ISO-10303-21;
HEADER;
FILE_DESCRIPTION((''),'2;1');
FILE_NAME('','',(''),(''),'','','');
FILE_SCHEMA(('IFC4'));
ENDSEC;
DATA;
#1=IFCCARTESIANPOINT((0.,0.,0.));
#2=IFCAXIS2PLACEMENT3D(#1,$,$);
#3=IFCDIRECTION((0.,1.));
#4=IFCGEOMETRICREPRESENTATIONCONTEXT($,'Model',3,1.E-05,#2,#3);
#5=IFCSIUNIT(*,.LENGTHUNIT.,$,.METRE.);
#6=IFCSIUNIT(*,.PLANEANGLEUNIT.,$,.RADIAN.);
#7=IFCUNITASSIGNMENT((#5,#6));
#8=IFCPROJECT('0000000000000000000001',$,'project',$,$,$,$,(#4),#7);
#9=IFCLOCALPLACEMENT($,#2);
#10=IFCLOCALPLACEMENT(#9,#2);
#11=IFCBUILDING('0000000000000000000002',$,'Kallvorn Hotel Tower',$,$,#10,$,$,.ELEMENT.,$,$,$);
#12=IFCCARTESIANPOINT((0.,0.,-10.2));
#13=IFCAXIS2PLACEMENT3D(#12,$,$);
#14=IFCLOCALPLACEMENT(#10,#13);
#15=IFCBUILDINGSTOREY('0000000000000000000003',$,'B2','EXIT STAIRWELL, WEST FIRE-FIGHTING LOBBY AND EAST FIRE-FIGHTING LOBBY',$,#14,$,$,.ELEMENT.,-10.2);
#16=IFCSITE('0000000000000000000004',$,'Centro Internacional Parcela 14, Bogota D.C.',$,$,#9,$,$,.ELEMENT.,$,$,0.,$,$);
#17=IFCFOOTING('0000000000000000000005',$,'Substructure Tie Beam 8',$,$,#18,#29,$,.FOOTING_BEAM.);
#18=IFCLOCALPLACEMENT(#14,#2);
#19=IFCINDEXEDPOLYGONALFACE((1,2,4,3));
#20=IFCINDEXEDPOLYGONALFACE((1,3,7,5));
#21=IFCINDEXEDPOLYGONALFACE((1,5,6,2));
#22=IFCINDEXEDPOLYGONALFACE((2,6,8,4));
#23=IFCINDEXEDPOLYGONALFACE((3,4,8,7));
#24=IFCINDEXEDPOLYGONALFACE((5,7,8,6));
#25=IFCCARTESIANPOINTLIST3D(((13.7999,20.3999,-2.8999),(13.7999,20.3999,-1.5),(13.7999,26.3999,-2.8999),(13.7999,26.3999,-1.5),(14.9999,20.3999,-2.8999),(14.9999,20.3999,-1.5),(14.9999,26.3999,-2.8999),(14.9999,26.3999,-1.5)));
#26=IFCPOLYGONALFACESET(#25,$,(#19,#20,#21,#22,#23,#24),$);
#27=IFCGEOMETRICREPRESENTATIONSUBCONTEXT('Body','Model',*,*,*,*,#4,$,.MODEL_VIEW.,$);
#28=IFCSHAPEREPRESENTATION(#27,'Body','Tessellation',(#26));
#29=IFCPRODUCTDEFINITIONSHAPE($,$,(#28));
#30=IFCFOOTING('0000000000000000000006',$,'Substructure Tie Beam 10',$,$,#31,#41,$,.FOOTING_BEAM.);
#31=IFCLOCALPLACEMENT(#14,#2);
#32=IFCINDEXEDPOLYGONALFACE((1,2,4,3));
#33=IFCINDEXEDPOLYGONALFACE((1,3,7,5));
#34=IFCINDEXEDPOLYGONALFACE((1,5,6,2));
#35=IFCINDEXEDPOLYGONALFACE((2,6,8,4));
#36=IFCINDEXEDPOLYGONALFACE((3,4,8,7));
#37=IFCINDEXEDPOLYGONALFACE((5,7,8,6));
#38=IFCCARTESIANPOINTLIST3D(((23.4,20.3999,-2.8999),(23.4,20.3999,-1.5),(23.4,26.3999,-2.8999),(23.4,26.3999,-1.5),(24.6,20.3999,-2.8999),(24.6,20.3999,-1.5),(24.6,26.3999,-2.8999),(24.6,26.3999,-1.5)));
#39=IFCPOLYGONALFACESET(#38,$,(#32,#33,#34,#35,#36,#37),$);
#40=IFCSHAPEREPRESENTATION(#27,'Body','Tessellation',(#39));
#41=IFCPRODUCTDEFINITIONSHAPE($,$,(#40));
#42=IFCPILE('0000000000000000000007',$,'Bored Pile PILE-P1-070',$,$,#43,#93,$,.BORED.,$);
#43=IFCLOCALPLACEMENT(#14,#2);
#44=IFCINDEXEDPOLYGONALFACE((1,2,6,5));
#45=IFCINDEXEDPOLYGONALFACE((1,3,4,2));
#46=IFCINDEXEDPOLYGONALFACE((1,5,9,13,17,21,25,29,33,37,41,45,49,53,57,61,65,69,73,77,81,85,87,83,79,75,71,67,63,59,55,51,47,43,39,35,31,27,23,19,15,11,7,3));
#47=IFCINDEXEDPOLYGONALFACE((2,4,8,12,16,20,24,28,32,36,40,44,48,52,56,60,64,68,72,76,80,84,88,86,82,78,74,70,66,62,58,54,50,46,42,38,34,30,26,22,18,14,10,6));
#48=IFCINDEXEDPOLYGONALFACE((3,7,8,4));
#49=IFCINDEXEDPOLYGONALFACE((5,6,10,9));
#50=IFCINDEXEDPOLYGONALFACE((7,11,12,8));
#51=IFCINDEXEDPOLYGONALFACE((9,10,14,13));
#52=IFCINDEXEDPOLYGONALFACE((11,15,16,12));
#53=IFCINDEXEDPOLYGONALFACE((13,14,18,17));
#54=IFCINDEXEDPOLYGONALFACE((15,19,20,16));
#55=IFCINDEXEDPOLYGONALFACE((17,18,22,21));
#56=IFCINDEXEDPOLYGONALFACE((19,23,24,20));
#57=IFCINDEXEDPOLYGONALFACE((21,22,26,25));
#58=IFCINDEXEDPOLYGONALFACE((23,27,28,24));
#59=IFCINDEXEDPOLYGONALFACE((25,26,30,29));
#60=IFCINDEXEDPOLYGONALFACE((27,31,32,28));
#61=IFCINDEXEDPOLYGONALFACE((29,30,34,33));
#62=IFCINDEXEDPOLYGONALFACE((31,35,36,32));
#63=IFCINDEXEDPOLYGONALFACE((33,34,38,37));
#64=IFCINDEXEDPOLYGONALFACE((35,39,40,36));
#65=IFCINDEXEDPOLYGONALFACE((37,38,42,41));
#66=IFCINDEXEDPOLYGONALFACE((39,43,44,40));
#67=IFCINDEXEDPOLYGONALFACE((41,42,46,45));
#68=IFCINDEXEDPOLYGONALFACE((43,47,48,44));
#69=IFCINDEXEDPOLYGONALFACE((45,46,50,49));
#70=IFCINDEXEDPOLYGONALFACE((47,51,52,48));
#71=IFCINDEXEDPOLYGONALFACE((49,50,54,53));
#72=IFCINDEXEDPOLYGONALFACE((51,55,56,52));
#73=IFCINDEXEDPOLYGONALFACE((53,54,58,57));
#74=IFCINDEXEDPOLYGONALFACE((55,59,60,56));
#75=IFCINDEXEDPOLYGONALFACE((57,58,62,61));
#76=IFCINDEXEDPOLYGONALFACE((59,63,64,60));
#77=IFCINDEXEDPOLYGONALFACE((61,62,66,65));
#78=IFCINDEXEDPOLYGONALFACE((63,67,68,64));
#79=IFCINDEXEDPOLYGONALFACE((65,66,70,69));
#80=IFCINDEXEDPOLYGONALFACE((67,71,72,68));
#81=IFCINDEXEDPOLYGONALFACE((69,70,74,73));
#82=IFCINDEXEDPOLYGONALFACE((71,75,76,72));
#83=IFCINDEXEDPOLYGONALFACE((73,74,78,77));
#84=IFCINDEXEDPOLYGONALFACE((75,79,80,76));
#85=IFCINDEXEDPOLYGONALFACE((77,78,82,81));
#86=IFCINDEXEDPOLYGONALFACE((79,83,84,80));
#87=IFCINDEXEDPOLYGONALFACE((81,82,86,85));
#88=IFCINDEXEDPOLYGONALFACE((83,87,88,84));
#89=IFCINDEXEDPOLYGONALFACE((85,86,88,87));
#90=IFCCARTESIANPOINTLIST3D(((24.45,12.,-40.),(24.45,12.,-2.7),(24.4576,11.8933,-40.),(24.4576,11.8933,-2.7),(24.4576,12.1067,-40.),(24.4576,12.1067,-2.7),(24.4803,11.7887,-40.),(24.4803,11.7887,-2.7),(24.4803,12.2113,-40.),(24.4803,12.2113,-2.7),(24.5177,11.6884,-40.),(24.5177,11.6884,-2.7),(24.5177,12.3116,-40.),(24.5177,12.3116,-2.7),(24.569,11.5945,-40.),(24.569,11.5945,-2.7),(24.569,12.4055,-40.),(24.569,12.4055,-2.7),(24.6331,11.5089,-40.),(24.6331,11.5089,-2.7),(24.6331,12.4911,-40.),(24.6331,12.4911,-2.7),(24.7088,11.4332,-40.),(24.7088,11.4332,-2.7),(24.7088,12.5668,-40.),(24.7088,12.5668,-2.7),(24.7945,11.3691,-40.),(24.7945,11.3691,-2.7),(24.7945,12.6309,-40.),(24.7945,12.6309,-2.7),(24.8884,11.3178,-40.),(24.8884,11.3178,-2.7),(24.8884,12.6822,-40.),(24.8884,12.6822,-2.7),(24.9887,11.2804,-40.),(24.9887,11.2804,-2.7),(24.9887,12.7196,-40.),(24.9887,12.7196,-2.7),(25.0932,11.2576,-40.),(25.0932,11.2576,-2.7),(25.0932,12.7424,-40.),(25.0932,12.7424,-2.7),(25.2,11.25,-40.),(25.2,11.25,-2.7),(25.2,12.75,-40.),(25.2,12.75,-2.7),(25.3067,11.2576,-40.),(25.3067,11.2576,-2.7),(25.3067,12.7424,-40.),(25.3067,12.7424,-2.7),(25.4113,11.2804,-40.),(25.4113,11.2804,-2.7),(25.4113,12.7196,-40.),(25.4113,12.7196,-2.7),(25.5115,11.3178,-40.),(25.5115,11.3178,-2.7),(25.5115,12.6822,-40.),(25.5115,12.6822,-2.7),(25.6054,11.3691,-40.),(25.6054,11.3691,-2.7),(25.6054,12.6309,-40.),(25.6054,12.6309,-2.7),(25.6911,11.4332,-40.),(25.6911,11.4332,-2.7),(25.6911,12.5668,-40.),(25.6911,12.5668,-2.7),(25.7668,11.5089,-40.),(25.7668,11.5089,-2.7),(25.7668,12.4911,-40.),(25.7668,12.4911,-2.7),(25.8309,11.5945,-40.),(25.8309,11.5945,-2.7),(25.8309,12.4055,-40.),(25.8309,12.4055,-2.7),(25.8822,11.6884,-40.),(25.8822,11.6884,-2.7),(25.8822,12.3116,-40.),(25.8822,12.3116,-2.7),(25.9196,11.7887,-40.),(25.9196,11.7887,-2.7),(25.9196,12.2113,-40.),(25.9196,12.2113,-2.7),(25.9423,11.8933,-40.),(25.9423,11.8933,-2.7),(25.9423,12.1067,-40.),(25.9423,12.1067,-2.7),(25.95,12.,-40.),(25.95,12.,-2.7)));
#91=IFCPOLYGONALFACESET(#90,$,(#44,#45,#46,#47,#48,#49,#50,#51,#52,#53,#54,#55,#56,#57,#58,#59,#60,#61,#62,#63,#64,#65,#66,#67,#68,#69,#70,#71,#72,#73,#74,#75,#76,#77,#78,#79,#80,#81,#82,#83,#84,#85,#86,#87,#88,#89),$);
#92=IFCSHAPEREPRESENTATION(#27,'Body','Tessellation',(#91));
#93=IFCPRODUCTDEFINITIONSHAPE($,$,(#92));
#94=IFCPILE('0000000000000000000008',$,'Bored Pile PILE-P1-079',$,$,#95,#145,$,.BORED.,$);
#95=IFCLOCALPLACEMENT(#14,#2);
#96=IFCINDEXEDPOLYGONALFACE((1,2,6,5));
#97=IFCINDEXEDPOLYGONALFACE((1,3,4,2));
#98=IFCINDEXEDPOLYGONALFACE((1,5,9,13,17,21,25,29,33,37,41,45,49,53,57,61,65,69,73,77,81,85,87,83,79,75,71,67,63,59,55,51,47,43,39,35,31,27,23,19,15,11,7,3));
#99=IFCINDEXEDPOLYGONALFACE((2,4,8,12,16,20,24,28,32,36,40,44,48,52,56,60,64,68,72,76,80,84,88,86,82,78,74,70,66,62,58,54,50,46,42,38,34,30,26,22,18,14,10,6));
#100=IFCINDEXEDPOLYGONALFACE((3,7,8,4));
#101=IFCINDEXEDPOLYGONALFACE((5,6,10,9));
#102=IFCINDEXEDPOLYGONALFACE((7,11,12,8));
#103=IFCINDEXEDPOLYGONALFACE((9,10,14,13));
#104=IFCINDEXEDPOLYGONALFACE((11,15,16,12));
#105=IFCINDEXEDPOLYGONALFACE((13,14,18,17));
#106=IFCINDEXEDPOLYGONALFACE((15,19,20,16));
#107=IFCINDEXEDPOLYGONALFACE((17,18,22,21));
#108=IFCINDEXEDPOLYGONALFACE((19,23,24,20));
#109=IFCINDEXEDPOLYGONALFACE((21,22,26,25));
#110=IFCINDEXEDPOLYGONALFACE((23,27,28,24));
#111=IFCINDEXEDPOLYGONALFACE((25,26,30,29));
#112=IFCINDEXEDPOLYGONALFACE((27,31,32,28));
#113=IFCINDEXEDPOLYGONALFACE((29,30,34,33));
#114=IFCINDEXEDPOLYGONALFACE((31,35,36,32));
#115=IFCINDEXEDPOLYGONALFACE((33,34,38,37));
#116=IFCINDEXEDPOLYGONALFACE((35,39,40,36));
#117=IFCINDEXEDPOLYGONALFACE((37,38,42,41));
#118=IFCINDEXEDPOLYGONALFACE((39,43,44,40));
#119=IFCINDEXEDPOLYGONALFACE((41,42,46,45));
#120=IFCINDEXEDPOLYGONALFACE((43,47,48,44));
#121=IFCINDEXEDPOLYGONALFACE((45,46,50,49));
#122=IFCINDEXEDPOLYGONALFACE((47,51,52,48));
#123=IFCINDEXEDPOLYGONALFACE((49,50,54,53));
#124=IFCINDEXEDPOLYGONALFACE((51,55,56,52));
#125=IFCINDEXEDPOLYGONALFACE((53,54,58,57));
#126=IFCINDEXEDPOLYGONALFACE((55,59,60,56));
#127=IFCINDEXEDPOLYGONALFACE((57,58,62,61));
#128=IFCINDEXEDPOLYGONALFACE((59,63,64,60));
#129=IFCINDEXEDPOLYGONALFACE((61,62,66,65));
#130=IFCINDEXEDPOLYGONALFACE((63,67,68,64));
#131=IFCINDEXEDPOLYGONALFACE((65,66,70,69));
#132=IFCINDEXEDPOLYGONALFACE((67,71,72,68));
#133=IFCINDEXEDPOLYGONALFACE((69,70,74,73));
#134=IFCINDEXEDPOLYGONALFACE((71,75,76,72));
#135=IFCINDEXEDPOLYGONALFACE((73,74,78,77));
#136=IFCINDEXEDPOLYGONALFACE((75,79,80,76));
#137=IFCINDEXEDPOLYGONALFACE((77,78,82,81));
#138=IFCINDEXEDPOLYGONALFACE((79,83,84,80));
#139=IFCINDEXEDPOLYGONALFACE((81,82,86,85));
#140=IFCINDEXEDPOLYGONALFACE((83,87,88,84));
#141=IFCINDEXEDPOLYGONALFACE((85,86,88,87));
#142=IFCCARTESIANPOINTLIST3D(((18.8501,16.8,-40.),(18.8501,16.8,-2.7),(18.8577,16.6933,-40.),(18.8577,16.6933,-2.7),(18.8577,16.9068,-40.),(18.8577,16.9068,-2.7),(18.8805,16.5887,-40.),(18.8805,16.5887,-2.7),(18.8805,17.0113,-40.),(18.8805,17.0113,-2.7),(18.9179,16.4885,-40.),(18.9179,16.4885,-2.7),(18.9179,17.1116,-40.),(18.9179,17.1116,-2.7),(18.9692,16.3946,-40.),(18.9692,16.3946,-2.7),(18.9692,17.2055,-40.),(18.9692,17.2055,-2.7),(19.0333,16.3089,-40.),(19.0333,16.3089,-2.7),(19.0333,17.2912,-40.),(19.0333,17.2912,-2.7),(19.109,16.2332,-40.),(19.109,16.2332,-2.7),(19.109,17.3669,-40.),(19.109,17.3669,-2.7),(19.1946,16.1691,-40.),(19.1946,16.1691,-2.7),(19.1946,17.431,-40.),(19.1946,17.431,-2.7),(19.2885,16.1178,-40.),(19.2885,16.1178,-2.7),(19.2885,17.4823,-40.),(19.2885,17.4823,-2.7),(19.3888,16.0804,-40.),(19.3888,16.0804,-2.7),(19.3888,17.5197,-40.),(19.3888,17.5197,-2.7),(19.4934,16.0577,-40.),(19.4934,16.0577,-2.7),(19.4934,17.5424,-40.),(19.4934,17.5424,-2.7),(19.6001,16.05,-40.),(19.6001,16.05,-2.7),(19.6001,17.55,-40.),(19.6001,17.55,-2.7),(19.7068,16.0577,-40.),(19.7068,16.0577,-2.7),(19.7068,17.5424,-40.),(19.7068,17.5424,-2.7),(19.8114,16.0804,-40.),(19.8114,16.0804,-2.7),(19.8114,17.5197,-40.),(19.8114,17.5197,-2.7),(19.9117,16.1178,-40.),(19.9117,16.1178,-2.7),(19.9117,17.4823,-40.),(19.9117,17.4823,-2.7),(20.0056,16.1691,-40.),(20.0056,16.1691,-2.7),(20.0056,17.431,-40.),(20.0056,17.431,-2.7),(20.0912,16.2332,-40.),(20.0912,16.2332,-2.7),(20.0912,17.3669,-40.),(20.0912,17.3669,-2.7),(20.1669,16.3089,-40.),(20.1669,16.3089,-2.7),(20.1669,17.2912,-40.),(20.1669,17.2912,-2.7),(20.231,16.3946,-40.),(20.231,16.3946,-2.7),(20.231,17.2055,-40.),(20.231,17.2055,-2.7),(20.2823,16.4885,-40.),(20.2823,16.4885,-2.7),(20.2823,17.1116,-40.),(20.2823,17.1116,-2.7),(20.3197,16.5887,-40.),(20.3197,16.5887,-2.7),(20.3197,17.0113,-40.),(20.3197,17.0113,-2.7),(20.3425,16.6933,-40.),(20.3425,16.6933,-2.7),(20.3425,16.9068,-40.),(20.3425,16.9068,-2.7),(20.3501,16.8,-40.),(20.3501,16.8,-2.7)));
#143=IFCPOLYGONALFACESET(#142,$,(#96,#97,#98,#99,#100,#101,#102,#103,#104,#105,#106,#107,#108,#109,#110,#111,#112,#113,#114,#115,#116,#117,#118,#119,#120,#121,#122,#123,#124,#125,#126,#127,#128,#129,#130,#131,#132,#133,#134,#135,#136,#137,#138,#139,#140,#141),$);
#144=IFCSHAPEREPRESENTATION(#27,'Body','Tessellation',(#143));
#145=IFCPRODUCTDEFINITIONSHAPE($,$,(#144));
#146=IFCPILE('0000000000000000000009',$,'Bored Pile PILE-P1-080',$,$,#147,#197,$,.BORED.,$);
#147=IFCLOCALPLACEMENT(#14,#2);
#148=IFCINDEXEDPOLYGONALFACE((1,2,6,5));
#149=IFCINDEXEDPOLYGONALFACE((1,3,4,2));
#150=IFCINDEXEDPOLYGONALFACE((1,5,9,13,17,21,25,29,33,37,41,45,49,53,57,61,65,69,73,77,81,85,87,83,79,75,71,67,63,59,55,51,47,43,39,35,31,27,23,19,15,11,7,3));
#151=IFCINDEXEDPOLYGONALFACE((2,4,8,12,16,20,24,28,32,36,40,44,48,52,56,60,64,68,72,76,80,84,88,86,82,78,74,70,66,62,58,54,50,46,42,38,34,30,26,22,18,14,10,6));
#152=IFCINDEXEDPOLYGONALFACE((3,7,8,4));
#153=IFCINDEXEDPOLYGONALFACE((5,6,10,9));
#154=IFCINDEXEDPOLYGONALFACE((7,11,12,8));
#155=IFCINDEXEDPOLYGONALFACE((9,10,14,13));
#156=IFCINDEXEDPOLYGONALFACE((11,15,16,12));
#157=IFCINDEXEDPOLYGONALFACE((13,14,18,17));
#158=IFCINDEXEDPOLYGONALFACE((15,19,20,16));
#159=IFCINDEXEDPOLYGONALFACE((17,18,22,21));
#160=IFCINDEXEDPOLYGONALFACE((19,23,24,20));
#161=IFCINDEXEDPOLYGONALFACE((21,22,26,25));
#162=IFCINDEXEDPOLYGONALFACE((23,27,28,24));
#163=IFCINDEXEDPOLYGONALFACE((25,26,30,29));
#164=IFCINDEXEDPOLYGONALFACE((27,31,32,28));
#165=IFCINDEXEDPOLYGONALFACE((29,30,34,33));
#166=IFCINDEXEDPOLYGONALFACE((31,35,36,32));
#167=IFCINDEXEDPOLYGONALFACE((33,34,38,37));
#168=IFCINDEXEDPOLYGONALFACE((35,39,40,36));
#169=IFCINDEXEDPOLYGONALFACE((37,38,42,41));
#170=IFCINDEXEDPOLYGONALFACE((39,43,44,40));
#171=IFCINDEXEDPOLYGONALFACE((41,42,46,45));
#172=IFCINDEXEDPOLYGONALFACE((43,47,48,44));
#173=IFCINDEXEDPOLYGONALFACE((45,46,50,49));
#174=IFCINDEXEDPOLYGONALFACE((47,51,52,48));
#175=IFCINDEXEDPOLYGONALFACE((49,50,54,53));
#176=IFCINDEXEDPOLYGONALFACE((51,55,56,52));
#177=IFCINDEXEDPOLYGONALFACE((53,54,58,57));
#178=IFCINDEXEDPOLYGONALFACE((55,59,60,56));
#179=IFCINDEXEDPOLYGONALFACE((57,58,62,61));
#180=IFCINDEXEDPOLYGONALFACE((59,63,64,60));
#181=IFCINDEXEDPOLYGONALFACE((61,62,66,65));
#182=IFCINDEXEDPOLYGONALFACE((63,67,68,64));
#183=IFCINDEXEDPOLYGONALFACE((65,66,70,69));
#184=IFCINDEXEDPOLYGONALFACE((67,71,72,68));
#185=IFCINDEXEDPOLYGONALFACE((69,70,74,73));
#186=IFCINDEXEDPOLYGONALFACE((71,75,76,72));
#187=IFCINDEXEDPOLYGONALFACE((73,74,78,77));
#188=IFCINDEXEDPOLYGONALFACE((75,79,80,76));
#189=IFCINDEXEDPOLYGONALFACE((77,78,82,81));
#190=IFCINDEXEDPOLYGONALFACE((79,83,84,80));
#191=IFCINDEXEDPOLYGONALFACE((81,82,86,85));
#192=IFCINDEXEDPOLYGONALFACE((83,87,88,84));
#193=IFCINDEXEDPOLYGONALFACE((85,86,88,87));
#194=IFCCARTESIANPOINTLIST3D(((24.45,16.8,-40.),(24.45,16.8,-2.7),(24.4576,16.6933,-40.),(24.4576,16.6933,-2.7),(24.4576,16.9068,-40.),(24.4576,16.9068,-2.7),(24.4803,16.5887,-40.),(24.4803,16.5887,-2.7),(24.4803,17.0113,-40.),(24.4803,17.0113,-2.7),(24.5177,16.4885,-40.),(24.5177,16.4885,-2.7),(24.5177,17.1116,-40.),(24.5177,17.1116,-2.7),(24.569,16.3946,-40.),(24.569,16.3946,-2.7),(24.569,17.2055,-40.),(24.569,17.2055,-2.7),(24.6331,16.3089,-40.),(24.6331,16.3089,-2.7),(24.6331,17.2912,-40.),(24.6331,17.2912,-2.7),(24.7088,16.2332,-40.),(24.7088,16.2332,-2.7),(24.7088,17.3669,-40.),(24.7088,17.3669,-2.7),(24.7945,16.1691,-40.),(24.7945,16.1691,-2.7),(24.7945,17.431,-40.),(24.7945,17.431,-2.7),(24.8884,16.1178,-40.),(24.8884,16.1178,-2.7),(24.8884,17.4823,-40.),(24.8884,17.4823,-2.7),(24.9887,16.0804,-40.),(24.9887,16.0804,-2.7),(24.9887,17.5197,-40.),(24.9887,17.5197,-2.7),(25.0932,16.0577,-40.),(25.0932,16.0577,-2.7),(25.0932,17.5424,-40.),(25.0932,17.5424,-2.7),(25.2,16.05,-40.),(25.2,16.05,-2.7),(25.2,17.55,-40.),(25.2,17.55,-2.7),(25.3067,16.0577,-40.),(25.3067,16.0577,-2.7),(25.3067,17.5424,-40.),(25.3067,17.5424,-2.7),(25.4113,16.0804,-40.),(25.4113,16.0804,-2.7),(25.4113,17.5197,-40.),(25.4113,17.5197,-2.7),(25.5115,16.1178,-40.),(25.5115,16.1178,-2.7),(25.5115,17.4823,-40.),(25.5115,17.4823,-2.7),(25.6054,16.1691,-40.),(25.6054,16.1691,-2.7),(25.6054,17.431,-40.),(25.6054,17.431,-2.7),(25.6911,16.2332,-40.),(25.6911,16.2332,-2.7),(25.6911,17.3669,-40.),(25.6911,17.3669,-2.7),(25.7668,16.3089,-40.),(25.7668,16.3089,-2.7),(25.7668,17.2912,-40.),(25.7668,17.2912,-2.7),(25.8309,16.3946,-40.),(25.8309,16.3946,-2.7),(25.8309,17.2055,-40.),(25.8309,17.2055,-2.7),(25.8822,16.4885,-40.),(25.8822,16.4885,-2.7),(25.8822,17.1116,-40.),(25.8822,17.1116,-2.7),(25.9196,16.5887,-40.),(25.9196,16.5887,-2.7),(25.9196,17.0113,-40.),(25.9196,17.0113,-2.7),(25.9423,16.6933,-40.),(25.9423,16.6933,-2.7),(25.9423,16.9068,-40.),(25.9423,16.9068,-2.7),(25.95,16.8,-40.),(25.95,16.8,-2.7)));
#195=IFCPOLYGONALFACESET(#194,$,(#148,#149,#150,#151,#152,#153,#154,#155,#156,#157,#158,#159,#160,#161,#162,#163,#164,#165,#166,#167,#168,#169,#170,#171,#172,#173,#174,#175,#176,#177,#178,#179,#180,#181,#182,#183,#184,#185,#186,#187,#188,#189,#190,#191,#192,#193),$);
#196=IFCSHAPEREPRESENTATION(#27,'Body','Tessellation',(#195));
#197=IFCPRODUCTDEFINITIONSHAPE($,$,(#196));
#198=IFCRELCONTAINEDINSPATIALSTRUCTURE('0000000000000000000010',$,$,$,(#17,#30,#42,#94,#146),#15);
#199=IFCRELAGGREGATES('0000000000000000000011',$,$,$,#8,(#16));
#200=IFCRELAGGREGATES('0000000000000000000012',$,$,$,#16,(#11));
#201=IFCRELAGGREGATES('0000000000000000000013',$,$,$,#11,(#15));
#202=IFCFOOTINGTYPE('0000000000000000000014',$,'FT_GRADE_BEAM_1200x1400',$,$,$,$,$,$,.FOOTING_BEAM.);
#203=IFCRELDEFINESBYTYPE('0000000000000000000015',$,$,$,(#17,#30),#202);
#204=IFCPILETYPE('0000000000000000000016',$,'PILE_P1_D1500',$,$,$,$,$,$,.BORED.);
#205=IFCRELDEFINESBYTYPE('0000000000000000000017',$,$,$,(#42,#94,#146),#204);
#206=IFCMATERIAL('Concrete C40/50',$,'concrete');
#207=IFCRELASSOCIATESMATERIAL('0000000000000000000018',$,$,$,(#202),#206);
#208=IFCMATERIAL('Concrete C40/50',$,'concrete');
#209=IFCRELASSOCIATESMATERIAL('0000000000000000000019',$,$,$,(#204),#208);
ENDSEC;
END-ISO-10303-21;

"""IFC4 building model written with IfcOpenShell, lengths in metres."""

from ifc_helpers import new_model, si_unit, direction, frame, origin, origin_2d, place, context, subcontext, project, spatial, rectangle, circle, extrude, material, material_profile, profile_set, type_object, element, save


model = new_model("IFC4")

# Units and contexts
model_context = context("Model", 3, precision=1e-05, world=origin(), true_north=direction((0.0, 1.0)))
body_context = subcontext(model_context, "Body", "Model", "MODEL_VIEW")
ifc_project = project(units=[si_unit("LENGTHUNIT", "METRE"), si_unit("PLANEANGLEUNIT", "RADIAN")], contexts=[model_context])

# Site, building, storey
site_placement = place(None, origin())
site = spatial("IfcSite", under=ifc_project, at=site_placement, Name="Centro Internacional Parcela 14, Bogota D.C.", CompositionType="ELEMENT", RefElevation=0.0)
building_placement = place(site_placement, origin())
building = spatial("IfcBuilding", under=site, at=building_placement, Name="Kallvorn Hotel Tower", CompositionType="ELEMENT")
storey_placement = place(building_placement, frame((0.0, 0.0, -10.2)))
storey = spatial("IfcBuildingStorey", under=building, at=storey_placement, Name="B2", Description="EXIT STAIRWELL, WEST FIRE-FIGHTING LOBBY AND EAST FIRE-FIGHTING LOBBY", CompositionType="ELEMENT", Elevation=-10.2)

# Footings
ifc_material_1 = material(Name="Concrete C40/50", Category="concrete")
ifc_material_profile_1 = material_profile(ifc_material_1, rectangle(XDim=1.2, YDim=1.3999, at=origin_2d()), Name="RC 1200x1400")
ifc_profile_set_1 = profile_set([ifc_material_profile_1], Name="Concrete C40/50")
footing_type = type_object("IfcFootingType", Name="FT_GRADE_BEAM_1200x1400", PredefinedType="FOOTING_BEAM", material=ifc_profile_set_1)
for number, where, z_axis, x_axis, name in (
    (1, (14.3999, 20.3999, -2.2), (0.0, 1.0, 0.0), (-1.0, 0.0, 0.0), "Substructure Tie Beam 8"),
    (2, (24.0, 20.3999, -2.2), (0.0, 1.0, 0.0), (-1.0, 0.0, 0.0), "Substructure Tie Beam 10"),
):
    element("IfcFooting", number, at=place(storey_placement, frame(where, z_axis=z_axis, x_axis=x_axis)), inside=storey, type_object=footing_type, Name=name, PredefinedType="FOOTING_BEAM", context=body_context, shape_type="SweptSolid", body=[
        extrude(rectangle(XDim=1.2, YDim=1.3999, at=origin_2d()), origin(), (0.0, 0.0, 1.0), 6.0),
    ])

# Piles
ifc_material_2 = material(Name="Concrete C40/50", Category="concrete")
ifc_material_profile_2 = material_profile(ifc_material_2, circle(Radius=0.75, at=origin_2d()), Name="PILE D1500")
ifc_profile_set_2 = profile_set([ifc_material_profile_2], Name="Concrete C40/50")
pile_type_1 = type_object("IfcPileType", Name="PILE_P1_D1500", PredefinedType="BORED", material=ifc_profile_set_2)
for number, where, z_axis, x_axis, name in (
    (3, (25.2, 12.0, -2.7), (0.0, 0.0, -1.0), (1.0, 0.0, 0.0), "Bored Pile PILE-P1-070"),
    (4, (19.6001, 16.8, -2.7), (0.0, 0.0, -1.0), (1.0, 0.0, 0.0), "Bored Pile PILE-P1-079"),
    (5, (25.2, 16.8, -2.7), (0.0, 0.0, -1.0), (1.0, 0.0, 0.0), "Bored Pile PILE-P1-080"),
):
    element("IfcPile", number, at=place(storey_placement, frame(where, z_axis=z_axis, x_axis=x_axis)), inside=storey, type_object=pile_type_1, Name=name, PredefinedType="BORED", context=body_context, shape_type="SweptSolid", body=[
        extrude(circle(Radius=0.75, at=origin_2d()), origin(), (0.0, 0.0, 1.0), 37.3),
    ])

save(model, "model.ifc")
